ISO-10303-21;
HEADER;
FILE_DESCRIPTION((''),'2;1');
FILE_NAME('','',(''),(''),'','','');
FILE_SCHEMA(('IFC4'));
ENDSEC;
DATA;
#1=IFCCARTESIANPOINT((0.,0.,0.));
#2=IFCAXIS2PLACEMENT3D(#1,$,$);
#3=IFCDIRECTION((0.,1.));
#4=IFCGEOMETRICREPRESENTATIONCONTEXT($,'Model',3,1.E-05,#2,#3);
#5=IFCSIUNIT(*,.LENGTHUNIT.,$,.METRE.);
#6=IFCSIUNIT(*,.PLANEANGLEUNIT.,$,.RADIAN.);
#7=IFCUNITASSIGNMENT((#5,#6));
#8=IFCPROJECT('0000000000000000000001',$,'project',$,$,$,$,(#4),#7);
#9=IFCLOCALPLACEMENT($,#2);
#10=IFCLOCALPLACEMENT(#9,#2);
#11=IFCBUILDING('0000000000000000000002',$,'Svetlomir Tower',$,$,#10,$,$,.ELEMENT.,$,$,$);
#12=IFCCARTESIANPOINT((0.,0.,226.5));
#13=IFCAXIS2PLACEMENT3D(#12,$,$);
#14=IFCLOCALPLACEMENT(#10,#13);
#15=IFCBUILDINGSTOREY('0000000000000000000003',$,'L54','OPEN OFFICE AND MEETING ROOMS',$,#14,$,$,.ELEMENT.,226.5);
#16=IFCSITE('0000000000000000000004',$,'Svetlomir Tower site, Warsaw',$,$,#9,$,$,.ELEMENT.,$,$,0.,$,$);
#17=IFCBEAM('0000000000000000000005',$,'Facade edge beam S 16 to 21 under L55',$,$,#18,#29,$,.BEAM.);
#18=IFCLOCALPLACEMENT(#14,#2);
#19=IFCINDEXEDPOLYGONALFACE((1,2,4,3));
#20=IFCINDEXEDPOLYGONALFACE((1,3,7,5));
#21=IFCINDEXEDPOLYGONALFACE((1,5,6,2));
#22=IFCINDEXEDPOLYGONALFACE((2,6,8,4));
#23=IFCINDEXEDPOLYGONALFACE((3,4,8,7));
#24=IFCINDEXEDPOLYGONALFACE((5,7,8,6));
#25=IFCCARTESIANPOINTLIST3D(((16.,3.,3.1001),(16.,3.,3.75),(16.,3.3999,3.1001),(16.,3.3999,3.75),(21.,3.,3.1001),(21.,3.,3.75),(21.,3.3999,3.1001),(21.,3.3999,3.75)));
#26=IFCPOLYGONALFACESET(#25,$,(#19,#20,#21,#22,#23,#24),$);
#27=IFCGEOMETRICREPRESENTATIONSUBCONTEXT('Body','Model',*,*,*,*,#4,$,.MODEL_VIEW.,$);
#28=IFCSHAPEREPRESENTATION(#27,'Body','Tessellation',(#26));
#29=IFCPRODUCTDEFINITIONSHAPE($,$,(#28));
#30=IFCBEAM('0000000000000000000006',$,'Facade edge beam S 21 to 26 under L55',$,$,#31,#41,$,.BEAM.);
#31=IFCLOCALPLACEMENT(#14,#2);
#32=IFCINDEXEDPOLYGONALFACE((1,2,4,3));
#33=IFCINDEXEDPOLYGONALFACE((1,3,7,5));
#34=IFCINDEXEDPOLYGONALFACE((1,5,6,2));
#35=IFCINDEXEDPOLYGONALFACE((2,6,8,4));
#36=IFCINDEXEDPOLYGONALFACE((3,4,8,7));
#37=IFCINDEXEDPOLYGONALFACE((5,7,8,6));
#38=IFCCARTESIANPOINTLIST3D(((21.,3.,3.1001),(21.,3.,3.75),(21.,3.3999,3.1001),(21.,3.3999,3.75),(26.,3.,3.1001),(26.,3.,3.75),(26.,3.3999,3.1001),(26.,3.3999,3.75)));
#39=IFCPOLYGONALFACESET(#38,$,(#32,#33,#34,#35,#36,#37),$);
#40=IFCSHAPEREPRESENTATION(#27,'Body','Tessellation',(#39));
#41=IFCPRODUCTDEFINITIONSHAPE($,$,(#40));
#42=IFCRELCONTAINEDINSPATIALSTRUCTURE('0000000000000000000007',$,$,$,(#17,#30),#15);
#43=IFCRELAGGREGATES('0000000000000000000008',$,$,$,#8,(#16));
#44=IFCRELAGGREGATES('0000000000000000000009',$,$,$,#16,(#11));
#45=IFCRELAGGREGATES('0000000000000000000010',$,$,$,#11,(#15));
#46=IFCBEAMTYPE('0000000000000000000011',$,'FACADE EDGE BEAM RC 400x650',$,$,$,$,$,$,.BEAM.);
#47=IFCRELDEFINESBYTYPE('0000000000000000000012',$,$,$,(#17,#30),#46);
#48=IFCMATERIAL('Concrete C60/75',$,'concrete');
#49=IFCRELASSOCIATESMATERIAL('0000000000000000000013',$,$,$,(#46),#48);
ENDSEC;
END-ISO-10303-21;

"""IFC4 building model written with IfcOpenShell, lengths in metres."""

from ifc_helpers import new_model, si_unit, direction, frame, origin, origin_2d, place, context, subcontext, project, spatial, rectangle, extrude, material, material_profile, profile_set, type_object, element, save


model = new_model("IFC4")

# Units and contexts
model_context = context("Model", 3, precision=1e-05, world=origin(), true_north=direction((0.0, 1.0)))
body_context = subcontext(model_context, "Body", "Model", "MODEL_VIEW")
ifc_project = project(units=[si_unit("LENGTHUNIT", "METRE"), si_unit("PLANEANGLEUNIT", "RADIAN")], contexts=[model_context])

# Site, building, storey
site_placement = place(None, origin())
site = spatial("IfcSite", under=ifc_project, at=site_placement, Name="Svetlomir Tower site, Warsaw", CompositionType="ELEMENT", RefElevation=0.0)
building_placement = place(site_placement, origin())
building = spatial("IfcBuilding", under=site, at=building_placement, Name="Svetlomir Tower", CompositionType="ELEMENT")
storey_placement = place(building_placement, frame((0.0, 0.0, 226.5)))
storey = spatial("IfcBuildingStorey", under=building, at=storey_placement, Name="L54", Description="OPEN OFFICE AND MEETING ROOMS", CompositionType="ELEMENT", Elevation=226.5)

# Beams
ifc_material_1 = material(Name="Concrete C60/75", Category="concrete")
ifc_material_profile = material_profile(ifc_material_1, rectangle(XDim=0.3999, YDim=0.6499, at=origin_2d()), Name="RC 400x650")
ifc_profile_set = profile_set([ifc_material_profile], Name="Concrete C60/75")
beam_type = type_object("IfcBeamType", Name="FACADE EDGE BEAM RC 400x650", PredefinedType="BEAM", material=ifc_profile_set)
for number, where, z_axis, x_axis, name in (
    (1, (16.0, 3.2, 3.425), (1.0, 0.0, 0.0), (0.0, 1.0, 0.0), "Facade edge beam S 16 to 21 under L55"),
    (2, (21.0, 3.2, 3.425), (1.0, 0.0, 0.0), (0.0, 1.0, 0.0), "Facade edge beam S 21 to 26 under L55"),
):
    element("IfcBeam", number, at=place(storey_placement, frame(where, z_axis=z_axis, x_axis=x_axis)), inside=storey, type_object=beam_type, Name=name, PredefinedType="BEAM", context=body_context, shape_type="SweptSolid", body=[
        extrude(rectangle(XDim=0.3999, YDim=0.6499, at=origin_2d()), origin(), (0.0, 0.0, 1.0), 5.0),
    ])

save(model, "model.ifc")
